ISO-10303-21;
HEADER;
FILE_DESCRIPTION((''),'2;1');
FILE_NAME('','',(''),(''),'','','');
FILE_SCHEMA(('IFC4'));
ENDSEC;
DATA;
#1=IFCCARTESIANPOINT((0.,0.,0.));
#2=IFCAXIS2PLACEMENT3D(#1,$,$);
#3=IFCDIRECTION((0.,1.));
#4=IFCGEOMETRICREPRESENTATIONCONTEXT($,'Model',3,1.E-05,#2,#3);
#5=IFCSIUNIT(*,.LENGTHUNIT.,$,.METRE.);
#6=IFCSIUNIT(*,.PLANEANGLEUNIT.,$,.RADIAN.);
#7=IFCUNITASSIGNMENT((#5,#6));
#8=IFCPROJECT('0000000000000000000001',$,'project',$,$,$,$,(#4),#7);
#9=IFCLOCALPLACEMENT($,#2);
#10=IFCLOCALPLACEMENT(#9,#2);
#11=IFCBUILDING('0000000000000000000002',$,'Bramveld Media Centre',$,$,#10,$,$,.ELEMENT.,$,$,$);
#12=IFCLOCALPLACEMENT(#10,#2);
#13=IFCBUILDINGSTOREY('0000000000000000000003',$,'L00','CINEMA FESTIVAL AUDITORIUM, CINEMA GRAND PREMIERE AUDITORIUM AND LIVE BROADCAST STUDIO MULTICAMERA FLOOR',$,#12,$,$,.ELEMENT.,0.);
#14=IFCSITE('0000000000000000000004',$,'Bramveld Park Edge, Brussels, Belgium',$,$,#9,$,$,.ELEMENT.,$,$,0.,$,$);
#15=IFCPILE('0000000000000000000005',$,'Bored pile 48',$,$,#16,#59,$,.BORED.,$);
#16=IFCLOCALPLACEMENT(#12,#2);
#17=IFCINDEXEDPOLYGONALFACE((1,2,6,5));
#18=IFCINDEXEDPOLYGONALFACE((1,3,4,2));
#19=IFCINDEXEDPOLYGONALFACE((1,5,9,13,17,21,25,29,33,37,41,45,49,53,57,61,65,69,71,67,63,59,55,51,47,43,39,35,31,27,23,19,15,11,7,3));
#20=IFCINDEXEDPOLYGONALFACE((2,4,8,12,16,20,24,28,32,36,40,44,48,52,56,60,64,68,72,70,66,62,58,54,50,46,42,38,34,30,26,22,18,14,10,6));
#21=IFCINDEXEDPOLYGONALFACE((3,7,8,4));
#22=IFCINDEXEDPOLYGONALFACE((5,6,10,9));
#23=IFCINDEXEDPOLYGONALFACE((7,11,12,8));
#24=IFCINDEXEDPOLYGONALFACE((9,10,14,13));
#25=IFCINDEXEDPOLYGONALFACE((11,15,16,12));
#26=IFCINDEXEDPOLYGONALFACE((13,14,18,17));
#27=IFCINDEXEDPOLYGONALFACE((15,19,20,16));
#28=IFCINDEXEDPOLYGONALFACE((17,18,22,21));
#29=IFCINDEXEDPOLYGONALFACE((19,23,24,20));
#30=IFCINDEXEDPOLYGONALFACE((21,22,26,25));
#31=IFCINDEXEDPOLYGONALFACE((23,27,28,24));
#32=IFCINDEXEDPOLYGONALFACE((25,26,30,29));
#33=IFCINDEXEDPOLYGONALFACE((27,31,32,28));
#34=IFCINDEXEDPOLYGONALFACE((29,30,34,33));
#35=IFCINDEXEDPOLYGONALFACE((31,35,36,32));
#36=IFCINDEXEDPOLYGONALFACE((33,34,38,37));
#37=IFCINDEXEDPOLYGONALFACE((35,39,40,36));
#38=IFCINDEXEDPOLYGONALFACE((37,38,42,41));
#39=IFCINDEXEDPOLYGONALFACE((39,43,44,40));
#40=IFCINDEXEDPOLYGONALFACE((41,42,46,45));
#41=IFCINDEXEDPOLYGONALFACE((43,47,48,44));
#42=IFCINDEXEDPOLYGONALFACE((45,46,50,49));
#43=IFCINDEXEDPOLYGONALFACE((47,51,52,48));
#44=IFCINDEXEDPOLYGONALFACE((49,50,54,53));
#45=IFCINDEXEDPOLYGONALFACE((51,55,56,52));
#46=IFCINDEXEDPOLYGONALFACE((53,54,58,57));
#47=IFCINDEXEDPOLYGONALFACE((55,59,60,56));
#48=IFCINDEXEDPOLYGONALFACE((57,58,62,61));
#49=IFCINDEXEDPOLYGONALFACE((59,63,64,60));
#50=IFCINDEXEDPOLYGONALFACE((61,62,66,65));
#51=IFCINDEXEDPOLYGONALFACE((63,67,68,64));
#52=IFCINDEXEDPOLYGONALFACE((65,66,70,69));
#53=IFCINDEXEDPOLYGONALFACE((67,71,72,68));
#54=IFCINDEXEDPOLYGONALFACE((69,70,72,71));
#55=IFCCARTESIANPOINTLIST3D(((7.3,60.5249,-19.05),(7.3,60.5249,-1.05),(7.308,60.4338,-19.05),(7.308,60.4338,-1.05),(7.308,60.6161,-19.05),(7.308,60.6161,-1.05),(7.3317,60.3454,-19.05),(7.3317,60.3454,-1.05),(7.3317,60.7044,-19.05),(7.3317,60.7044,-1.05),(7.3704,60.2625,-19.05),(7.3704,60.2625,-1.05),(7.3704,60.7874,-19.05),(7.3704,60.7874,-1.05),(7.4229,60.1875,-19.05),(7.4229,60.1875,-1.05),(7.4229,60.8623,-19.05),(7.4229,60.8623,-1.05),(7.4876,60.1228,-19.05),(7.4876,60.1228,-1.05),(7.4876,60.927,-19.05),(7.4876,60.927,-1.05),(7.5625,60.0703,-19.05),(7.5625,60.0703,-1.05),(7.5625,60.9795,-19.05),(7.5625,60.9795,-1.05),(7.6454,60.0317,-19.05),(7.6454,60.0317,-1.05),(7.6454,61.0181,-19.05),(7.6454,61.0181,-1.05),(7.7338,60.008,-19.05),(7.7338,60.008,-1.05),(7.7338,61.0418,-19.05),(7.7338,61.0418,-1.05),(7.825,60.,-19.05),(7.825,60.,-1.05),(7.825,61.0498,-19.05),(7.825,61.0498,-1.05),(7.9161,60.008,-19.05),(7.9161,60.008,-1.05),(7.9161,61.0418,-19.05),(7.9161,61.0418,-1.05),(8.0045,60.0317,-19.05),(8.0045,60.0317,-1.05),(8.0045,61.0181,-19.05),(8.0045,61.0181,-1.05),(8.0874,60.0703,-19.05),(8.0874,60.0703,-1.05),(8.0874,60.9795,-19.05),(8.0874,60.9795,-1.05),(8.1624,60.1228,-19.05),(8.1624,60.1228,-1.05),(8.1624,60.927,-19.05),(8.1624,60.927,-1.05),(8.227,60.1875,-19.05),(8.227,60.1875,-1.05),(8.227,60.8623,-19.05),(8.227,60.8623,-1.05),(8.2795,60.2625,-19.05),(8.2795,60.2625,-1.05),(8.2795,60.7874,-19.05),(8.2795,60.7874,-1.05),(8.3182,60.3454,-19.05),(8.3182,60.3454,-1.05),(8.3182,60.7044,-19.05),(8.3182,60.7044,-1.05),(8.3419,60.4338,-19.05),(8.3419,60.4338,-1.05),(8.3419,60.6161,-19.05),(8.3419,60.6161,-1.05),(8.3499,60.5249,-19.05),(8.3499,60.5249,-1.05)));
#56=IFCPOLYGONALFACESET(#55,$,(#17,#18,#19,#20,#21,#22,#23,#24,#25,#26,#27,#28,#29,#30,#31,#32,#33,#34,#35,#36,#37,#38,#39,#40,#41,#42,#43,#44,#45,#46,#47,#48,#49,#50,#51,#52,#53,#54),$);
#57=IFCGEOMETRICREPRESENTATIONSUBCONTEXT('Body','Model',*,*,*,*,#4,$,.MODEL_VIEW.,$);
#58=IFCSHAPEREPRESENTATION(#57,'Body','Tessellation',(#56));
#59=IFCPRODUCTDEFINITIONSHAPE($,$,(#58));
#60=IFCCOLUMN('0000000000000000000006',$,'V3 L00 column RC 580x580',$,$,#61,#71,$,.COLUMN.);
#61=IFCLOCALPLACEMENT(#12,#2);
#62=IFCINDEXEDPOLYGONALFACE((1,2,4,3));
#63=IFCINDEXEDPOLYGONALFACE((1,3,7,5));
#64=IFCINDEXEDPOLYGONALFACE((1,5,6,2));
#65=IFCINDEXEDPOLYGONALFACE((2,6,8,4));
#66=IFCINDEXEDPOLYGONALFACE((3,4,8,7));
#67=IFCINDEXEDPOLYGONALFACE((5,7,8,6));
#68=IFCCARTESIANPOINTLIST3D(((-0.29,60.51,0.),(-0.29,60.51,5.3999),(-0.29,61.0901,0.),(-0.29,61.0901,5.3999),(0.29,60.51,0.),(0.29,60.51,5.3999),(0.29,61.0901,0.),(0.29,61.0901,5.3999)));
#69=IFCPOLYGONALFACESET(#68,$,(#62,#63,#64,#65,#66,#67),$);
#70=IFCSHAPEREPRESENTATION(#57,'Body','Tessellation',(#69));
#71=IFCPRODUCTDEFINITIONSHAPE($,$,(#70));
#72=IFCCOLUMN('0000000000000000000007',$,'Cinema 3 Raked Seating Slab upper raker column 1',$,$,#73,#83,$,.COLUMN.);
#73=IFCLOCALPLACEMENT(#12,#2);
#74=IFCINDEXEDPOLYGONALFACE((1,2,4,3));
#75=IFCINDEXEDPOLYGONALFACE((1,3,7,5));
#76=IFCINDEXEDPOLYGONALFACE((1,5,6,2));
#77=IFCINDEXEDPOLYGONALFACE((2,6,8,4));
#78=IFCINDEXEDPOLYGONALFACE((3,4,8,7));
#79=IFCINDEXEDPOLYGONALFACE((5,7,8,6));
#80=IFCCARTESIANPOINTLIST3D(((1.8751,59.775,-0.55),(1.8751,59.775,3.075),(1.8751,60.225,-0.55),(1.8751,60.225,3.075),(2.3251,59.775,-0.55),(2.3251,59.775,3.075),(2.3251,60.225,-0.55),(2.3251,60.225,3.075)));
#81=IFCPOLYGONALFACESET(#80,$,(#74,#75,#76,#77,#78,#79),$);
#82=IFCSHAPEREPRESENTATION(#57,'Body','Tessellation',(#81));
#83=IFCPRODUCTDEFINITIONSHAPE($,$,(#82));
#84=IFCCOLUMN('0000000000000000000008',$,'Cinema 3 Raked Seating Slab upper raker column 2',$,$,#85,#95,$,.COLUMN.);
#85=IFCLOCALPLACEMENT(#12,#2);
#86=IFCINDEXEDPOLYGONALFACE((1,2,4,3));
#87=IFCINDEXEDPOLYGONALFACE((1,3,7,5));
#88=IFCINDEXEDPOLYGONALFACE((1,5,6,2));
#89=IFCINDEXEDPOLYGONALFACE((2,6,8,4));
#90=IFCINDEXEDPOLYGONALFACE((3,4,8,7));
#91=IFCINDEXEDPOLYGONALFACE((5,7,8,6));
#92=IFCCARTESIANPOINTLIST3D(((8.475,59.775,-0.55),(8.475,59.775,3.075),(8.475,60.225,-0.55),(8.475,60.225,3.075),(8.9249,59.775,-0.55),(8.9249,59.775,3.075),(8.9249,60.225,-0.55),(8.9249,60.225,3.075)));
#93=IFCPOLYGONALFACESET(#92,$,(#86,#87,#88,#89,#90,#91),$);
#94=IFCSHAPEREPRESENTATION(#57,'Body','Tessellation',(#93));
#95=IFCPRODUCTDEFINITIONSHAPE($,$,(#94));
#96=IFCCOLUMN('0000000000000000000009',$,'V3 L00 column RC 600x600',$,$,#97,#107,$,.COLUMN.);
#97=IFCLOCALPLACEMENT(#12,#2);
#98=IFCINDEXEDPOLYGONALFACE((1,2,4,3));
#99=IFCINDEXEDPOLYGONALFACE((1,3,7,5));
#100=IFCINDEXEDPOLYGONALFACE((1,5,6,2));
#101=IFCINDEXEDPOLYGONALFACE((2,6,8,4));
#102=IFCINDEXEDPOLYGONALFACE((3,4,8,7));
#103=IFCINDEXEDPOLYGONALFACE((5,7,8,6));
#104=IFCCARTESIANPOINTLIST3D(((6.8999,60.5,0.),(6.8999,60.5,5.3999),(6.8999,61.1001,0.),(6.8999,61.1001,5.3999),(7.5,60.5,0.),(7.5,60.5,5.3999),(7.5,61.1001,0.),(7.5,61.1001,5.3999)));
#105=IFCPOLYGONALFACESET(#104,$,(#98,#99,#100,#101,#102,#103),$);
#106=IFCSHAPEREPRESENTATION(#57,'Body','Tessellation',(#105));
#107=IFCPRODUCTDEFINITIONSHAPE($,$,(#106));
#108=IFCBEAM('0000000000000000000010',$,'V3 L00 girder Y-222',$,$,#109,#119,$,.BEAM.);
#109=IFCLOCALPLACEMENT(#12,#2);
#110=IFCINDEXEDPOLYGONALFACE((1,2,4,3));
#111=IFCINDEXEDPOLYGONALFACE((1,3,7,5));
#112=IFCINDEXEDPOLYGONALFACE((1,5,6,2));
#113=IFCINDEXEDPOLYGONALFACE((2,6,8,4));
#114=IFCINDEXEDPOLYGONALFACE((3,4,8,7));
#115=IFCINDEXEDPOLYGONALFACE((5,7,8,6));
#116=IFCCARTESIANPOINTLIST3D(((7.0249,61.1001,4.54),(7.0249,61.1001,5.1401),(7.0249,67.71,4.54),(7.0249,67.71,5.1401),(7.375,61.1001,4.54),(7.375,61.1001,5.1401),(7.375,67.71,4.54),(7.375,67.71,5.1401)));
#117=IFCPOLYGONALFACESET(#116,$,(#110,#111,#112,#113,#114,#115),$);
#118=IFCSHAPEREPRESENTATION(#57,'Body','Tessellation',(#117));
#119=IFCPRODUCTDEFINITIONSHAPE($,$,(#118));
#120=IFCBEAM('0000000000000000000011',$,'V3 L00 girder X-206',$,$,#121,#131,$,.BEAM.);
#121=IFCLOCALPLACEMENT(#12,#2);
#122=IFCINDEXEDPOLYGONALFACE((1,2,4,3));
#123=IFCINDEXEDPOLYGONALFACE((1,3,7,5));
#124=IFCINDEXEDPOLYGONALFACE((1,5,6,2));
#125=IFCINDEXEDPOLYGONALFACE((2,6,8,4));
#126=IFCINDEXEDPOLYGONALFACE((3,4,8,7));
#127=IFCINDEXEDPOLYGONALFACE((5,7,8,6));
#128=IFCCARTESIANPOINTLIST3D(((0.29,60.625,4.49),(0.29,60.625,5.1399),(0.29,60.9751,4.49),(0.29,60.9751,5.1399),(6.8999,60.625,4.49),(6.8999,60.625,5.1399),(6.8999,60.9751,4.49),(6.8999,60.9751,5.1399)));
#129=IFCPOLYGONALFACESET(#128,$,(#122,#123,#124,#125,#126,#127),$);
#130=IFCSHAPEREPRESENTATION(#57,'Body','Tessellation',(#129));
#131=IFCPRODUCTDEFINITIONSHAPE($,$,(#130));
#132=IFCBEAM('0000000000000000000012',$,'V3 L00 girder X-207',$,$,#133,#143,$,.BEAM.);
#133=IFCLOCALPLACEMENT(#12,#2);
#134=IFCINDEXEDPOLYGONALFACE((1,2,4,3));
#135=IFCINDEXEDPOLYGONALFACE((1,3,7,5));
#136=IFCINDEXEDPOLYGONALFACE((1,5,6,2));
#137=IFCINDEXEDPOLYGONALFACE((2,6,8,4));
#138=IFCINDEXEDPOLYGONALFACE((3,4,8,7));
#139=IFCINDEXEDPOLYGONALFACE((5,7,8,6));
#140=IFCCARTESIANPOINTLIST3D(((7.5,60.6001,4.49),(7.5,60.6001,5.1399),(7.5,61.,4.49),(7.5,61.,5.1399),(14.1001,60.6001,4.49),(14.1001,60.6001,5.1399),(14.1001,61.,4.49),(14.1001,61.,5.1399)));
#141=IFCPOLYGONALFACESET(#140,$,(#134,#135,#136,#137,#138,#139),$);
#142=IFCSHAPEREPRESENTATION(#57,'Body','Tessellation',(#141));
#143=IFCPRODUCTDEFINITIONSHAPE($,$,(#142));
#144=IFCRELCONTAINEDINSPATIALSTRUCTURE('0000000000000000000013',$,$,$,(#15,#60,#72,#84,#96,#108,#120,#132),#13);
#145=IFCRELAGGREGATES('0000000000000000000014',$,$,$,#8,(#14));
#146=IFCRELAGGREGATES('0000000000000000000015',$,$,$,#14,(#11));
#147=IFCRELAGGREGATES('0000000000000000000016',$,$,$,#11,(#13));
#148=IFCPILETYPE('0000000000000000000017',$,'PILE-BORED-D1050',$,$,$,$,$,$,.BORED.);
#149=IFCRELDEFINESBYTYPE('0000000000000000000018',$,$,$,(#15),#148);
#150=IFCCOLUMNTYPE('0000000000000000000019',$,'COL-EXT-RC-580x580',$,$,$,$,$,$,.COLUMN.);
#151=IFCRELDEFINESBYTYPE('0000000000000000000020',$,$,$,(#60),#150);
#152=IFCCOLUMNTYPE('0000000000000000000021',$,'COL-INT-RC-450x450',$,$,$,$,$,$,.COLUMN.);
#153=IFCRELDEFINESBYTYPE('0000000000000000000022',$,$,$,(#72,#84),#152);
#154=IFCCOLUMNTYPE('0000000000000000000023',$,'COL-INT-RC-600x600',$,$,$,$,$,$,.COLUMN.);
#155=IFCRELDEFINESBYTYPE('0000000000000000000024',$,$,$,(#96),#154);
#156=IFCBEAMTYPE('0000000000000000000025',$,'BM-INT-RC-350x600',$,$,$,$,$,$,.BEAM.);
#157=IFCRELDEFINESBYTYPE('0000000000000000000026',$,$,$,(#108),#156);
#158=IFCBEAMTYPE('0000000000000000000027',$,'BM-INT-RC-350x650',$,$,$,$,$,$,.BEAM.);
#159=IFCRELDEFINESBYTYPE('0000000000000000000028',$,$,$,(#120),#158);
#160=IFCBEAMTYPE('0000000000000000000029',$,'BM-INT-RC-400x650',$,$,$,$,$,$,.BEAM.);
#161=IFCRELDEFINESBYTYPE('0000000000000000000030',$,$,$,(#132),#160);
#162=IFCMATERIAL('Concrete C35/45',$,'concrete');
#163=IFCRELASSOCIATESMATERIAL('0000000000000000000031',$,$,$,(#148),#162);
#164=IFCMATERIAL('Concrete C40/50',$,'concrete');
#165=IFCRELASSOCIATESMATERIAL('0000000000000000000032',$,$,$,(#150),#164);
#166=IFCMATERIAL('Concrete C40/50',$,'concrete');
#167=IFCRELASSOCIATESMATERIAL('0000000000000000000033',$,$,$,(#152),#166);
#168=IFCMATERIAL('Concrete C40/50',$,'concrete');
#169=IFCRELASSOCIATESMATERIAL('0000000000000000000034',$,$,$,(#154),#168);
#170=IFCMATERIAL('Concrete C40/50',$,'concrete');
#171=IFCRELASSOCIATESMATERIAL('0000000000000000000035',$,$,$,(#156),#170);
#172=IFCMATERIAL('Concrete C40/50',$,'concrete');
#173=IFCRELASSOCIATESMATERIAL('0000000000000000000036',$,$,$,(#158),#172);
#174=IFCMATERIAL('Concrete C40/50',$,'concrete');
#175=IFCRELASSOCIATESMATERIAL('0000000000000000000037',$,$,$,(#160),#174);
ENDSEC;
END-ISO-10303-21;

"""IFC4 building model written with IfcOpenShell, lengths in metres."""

from ifc_helpers import new_model, si_unit, direction, frame, origin, origin_2d, place, context, subcontext, project, spatial, rectangle, circle, extrude, material, material_profile, profile_set, type_object, element, save


model = new_model("IFC4")

# Units and contexts
model_context = context("Model", 3, precision=1e-05, world=origin(), true_north=direction((0.0, 1.0)))
body_context = subcontext(model_context, "Body", "Model", "MODEL_VIEW")
ifc_project = project(units=[si_unit("LENGTHUNIT", "METRE"), si_unit("PLANEANGLEUNIT", "RADIAN")], contexts=[model_context])

# Site, building, storey
site_placement = place(None, origin())
site = spatial("IfcSite", under=ifc_project, at=site_placement, Name="Bramveld Park Edge, Brussels, Belgium", CompositionType="ELEMENT", RefElevation=0.0)
building_placement = place(site_placement, origin())
building = spatial("IfcBuilding", under=site, at=building_placement, Name="Bramveld Media Centre", CompositionType="ELEMENT")
storey_placement = place(building_placement, origin())
storey = spatial("IfcBuildingStorey", under=building, at=storey_placement, Name="L00", Description="CINEMA FESTIVAL AUDITORIUM, CINEMA GRAND PREMIERE AUDITORIUM AND LIVE BROADCAST STUDIO MULTICAMERA FLOOR", CompositionType="ELEMENT", Elevation=0.0)

# Pile
ifc_material_1 = material(Name="Concrete C35/45", Category="concrete")
ifc_material_profile_1 = material_profile(ifc_material_1, circle(Radius=0.5249, at=origin_2d()), Name="BORED D1050")
ifc_profile_set_1 = profile_set([ifc_material_profile_1], Name="Concrete C35/45")
pile_type = type_object("IfcPileType", Name="PILE-BORED-D1050", PredefinedType="BORED", material=ifc_profile_set_1)
for number, where, z_axis, x_axis, name in (
    (1, (7.825, 60.5249, -1.05), (0.0, 0.0, -1.0), (1.0, 0.0, 0.0), "Bored pile 48"),
):
    element("IfcPile", number, at=place(storey_placement, frame(where, z_axis=z_axis, x_axis=x_axis)), inside=storey, type_object=pile_type, Name=name, PredefinedType="BORED", context=body_context, shape_type="SweptSolid", body=[
        extrude(circle(Radius=0.5249, at=origin_2d()), origin(), (0.0, 0.0, 1.0), 18.0),
    ])

# Columns
ifc_material_2 = material(Name="Concrete C40/50", Category="concrete")
ifc_material_profile_2 = material_profile(ifc_material_2, rectangle(XDim=0.5801, YDim=0.5801, at=origin_2d()), Name="RC 580x580")
ifc_profile_set_2 = profile_set([ifc_material_profile_2], Name="Concrete C40/50")
column_type_1 = type_object("IfcColumnType", Name="COL-EXT-RC-580x580", PredefinedType="COLUMN", material=ifc_profile_set_2)
column_1_placement = place(storey_placement, frame((0.0, 60.8, 0.0), z_axis=(0.0, 0.0, 1.0), x_axis=(1.0, 0.0, 0.0)))
element("IfcColumn", 2, at=column_1_placement, inside=storey, type_object=column_type_1, Name="V3 L00 column RC 580x580", PredefinedType="COLUMN", context=body_context, shape_type="SweptSolid", body=[
    extrude(rectangle(XDim=0.5801, YDim=0.5801, at=origin_2d()), origin(), (0.0, 0.0, 1.0), 5.3999),
])
ifc_material_3 = material(Name="Concrete C40/50", Category="concrete")
ifc_material_profile_3 = material_profile(ifc_material_3, rectangle(XDim=0.45, YDim=0.45, at=origin_2d()), Name="RC 450x450")
ifc_profile_set_3 = profile_set([ifc_material_profile_3], Name="Concrete C40/50")
column_type_2 = type_object("IfcColumnType", Name="COL-INT-RC-450x450", PredefinedType="COLUMN", material=ifc_profile_set_3)
for number, where, z_axis, x_axis, name in (
    (3, (2.1001, 60.0, -0.55), (0.0, 0.0, 1.0), (1.0, 0.0, 0.0), "Cinema 3 Raked Seating Slab upper raker column 1"),
    (4, (8.7, 60.0, -0.55), (0.0, 0.0, 1.0), (1.0, 0.0, 0.0), "Cinema 3 Raked Seating Slab upper raker column 2"),
):
    element("IfcColumn", number, at=place(storey_placement, frame(where, z_axis=z_axis, x_axis=x_axis)), inside=storey, type_object=column_type_2, Name=name, PredefinedType="COLUMN", context=body_context, shape_type="SweptSolid", body=[
        extrude(rectangle(XDim=0.45, YDim=0.45, at=origin_2d()), origin(), (0.0, 0.0, 1.0), 3.625),
    ])
ifc_material_4 = material(Name="Concrete C40/50", Category="concrete")
ifc_material_profile_4 = material_profile(ifc_material_4, rectangle(XDim=0.6001, YDim=0.6001, at=origin_2d()), Name="RC 600x600")
ifc_profile_set_4 = profile_set([ifc_material_profile_4], Name="Concrete C40/50")
column_type_3 = type_object("IfcColumnType", Name="COL-INT-RC-600x600", PredefinedType="COLUMN", material=ifc_profile_set_4)
column_2_placement = place(storey_placement, frame((7.2, 60.8, 0.0), z_axis=(0.0, 0.0, 1.0), x_axis=(1.0, 0.0, 0.0)))
element("IfcColumn", 5, at=column_2_placement, inside=storey, type_object=column_type_3, Name="V3 L00 column RC 600x600", PredefinedType="COLUMN", context=body_context, shape_type="SweptSolid", body=[
    extrude(rectangle(XDim=0.6001, YDim=0.6001, at=origin_2d()), origin(), (0.0, 0.0, 1.0), 5.3999),
])

# Beams
ifc_material_5 = material(Name="Concrete C40/50", Category="concrete")
ifc_material_profile_5 = material_profile(ifc_material_5, rectangle(XDim=0.3501, YDim=0.6001, at=origin_2d()), Name="RC 350x600")
ifc_profile_set_5 = profile_set([ifc_material_profile_5], Name="Concrete C40/50")
beam_type_1 = type_object("IfcBeamType", Name="BM-INT-RC-350x600", PredefinedType="BEAM", material=ifc_profile_set_5)
beam_1_placement = place(storey_placement, frame((7.2, 61.1001, 4.8401), z_axis=(0.0, 1.0, 0.0), x_axis=(-1.0, 0.0, 0.0)))
element("IfcBeam", 6, at=beam_1_placement, inside=storey, type_object=beam_type_1, Name="V3 L00 girder Y-222", PredefinedType="BEAM", context=body_context, shape_type="SweptSolid", body=[
    extrude(rectangle(XDim=0.3501, YDim=0.6001, at=origin_2d()), origin(), (0.0, 0.0, 1.0), 6.6099),
])
ifc_material_6 = material(Name="Concrete C40/50", Category="concrete")
ifc_material_profile_6 = material_profile(ifc_material_6, rectangle(XDim=0.3501, YDim=0.6499, at=origin_2d()), Name="RC 350x650")
ifc_profile_set_6 = profile_set([ifc_material_profile_6], Name="Concrete C40/50")
beam_type_2 = type_object("IfcBeamType", Name="BM-INT-RC-350x650", PredefinedType="BEAM", material=ifc_profile_set_6)
beam_2_placement = place(storey_placement, frame((0.29, 60.8, 4.8149), z_axis=(1.0, 0.0, 0.0), x_axis=(0.0, 1.0, 0.0)))
element("IfcBeam", 7, at=beam_2_placement, inside=storey, type_object=beam_type_2, Name="V3 L00 girder X-206", PredefinedType="BEAM", context=body_context, shape_type="SweptSolid", body=[
    extrude(rectangle(XDim=0.3501, YDim=0.6499, at=origin_2d()), origin(), (0.0, 0.0, 1.0), 6.6099),
])
ifc_material_7 = material(Name="Concrete C40/50", Category="concrete")
ifc_material_profile_7 = material_profile(ifc_material_7, rectangle(XDim=0.3999, YDim=0.6499, at=origin_2d()), Name="RC 400x650")
ifc_profile_set_7 = profile_set([ifc_material_profile_7], Name="Concrete C40/50")
beam_type_3 = type_object("IfcBeamType", Name="BM-INT-RC-400x650", PredefinedType="BEAM", material=ifc_profile_set_7)
beam_3_placement = place(storey_placement, frame((7.5, 60.8, 4.8149), z_axis=(1.0, 0.0, 0.0), x_axis=(0.0, 1.0, 0.0)))
element("IfcBeam", 8, at=beam_3_placement, inside=storey, type_object=beam_type_3, Name="V3 L00 girder X-207", PredefinedType="BEAM", context=body_context, shape_type="SweptSolid", body=[
    extrude(rectangle(XDim=0.3999, YDim=0.6499, at=origin_2d()), origin(), (0.0, 0.0, 1.0), 6.6001),
])

save(model, "model.ifc")
